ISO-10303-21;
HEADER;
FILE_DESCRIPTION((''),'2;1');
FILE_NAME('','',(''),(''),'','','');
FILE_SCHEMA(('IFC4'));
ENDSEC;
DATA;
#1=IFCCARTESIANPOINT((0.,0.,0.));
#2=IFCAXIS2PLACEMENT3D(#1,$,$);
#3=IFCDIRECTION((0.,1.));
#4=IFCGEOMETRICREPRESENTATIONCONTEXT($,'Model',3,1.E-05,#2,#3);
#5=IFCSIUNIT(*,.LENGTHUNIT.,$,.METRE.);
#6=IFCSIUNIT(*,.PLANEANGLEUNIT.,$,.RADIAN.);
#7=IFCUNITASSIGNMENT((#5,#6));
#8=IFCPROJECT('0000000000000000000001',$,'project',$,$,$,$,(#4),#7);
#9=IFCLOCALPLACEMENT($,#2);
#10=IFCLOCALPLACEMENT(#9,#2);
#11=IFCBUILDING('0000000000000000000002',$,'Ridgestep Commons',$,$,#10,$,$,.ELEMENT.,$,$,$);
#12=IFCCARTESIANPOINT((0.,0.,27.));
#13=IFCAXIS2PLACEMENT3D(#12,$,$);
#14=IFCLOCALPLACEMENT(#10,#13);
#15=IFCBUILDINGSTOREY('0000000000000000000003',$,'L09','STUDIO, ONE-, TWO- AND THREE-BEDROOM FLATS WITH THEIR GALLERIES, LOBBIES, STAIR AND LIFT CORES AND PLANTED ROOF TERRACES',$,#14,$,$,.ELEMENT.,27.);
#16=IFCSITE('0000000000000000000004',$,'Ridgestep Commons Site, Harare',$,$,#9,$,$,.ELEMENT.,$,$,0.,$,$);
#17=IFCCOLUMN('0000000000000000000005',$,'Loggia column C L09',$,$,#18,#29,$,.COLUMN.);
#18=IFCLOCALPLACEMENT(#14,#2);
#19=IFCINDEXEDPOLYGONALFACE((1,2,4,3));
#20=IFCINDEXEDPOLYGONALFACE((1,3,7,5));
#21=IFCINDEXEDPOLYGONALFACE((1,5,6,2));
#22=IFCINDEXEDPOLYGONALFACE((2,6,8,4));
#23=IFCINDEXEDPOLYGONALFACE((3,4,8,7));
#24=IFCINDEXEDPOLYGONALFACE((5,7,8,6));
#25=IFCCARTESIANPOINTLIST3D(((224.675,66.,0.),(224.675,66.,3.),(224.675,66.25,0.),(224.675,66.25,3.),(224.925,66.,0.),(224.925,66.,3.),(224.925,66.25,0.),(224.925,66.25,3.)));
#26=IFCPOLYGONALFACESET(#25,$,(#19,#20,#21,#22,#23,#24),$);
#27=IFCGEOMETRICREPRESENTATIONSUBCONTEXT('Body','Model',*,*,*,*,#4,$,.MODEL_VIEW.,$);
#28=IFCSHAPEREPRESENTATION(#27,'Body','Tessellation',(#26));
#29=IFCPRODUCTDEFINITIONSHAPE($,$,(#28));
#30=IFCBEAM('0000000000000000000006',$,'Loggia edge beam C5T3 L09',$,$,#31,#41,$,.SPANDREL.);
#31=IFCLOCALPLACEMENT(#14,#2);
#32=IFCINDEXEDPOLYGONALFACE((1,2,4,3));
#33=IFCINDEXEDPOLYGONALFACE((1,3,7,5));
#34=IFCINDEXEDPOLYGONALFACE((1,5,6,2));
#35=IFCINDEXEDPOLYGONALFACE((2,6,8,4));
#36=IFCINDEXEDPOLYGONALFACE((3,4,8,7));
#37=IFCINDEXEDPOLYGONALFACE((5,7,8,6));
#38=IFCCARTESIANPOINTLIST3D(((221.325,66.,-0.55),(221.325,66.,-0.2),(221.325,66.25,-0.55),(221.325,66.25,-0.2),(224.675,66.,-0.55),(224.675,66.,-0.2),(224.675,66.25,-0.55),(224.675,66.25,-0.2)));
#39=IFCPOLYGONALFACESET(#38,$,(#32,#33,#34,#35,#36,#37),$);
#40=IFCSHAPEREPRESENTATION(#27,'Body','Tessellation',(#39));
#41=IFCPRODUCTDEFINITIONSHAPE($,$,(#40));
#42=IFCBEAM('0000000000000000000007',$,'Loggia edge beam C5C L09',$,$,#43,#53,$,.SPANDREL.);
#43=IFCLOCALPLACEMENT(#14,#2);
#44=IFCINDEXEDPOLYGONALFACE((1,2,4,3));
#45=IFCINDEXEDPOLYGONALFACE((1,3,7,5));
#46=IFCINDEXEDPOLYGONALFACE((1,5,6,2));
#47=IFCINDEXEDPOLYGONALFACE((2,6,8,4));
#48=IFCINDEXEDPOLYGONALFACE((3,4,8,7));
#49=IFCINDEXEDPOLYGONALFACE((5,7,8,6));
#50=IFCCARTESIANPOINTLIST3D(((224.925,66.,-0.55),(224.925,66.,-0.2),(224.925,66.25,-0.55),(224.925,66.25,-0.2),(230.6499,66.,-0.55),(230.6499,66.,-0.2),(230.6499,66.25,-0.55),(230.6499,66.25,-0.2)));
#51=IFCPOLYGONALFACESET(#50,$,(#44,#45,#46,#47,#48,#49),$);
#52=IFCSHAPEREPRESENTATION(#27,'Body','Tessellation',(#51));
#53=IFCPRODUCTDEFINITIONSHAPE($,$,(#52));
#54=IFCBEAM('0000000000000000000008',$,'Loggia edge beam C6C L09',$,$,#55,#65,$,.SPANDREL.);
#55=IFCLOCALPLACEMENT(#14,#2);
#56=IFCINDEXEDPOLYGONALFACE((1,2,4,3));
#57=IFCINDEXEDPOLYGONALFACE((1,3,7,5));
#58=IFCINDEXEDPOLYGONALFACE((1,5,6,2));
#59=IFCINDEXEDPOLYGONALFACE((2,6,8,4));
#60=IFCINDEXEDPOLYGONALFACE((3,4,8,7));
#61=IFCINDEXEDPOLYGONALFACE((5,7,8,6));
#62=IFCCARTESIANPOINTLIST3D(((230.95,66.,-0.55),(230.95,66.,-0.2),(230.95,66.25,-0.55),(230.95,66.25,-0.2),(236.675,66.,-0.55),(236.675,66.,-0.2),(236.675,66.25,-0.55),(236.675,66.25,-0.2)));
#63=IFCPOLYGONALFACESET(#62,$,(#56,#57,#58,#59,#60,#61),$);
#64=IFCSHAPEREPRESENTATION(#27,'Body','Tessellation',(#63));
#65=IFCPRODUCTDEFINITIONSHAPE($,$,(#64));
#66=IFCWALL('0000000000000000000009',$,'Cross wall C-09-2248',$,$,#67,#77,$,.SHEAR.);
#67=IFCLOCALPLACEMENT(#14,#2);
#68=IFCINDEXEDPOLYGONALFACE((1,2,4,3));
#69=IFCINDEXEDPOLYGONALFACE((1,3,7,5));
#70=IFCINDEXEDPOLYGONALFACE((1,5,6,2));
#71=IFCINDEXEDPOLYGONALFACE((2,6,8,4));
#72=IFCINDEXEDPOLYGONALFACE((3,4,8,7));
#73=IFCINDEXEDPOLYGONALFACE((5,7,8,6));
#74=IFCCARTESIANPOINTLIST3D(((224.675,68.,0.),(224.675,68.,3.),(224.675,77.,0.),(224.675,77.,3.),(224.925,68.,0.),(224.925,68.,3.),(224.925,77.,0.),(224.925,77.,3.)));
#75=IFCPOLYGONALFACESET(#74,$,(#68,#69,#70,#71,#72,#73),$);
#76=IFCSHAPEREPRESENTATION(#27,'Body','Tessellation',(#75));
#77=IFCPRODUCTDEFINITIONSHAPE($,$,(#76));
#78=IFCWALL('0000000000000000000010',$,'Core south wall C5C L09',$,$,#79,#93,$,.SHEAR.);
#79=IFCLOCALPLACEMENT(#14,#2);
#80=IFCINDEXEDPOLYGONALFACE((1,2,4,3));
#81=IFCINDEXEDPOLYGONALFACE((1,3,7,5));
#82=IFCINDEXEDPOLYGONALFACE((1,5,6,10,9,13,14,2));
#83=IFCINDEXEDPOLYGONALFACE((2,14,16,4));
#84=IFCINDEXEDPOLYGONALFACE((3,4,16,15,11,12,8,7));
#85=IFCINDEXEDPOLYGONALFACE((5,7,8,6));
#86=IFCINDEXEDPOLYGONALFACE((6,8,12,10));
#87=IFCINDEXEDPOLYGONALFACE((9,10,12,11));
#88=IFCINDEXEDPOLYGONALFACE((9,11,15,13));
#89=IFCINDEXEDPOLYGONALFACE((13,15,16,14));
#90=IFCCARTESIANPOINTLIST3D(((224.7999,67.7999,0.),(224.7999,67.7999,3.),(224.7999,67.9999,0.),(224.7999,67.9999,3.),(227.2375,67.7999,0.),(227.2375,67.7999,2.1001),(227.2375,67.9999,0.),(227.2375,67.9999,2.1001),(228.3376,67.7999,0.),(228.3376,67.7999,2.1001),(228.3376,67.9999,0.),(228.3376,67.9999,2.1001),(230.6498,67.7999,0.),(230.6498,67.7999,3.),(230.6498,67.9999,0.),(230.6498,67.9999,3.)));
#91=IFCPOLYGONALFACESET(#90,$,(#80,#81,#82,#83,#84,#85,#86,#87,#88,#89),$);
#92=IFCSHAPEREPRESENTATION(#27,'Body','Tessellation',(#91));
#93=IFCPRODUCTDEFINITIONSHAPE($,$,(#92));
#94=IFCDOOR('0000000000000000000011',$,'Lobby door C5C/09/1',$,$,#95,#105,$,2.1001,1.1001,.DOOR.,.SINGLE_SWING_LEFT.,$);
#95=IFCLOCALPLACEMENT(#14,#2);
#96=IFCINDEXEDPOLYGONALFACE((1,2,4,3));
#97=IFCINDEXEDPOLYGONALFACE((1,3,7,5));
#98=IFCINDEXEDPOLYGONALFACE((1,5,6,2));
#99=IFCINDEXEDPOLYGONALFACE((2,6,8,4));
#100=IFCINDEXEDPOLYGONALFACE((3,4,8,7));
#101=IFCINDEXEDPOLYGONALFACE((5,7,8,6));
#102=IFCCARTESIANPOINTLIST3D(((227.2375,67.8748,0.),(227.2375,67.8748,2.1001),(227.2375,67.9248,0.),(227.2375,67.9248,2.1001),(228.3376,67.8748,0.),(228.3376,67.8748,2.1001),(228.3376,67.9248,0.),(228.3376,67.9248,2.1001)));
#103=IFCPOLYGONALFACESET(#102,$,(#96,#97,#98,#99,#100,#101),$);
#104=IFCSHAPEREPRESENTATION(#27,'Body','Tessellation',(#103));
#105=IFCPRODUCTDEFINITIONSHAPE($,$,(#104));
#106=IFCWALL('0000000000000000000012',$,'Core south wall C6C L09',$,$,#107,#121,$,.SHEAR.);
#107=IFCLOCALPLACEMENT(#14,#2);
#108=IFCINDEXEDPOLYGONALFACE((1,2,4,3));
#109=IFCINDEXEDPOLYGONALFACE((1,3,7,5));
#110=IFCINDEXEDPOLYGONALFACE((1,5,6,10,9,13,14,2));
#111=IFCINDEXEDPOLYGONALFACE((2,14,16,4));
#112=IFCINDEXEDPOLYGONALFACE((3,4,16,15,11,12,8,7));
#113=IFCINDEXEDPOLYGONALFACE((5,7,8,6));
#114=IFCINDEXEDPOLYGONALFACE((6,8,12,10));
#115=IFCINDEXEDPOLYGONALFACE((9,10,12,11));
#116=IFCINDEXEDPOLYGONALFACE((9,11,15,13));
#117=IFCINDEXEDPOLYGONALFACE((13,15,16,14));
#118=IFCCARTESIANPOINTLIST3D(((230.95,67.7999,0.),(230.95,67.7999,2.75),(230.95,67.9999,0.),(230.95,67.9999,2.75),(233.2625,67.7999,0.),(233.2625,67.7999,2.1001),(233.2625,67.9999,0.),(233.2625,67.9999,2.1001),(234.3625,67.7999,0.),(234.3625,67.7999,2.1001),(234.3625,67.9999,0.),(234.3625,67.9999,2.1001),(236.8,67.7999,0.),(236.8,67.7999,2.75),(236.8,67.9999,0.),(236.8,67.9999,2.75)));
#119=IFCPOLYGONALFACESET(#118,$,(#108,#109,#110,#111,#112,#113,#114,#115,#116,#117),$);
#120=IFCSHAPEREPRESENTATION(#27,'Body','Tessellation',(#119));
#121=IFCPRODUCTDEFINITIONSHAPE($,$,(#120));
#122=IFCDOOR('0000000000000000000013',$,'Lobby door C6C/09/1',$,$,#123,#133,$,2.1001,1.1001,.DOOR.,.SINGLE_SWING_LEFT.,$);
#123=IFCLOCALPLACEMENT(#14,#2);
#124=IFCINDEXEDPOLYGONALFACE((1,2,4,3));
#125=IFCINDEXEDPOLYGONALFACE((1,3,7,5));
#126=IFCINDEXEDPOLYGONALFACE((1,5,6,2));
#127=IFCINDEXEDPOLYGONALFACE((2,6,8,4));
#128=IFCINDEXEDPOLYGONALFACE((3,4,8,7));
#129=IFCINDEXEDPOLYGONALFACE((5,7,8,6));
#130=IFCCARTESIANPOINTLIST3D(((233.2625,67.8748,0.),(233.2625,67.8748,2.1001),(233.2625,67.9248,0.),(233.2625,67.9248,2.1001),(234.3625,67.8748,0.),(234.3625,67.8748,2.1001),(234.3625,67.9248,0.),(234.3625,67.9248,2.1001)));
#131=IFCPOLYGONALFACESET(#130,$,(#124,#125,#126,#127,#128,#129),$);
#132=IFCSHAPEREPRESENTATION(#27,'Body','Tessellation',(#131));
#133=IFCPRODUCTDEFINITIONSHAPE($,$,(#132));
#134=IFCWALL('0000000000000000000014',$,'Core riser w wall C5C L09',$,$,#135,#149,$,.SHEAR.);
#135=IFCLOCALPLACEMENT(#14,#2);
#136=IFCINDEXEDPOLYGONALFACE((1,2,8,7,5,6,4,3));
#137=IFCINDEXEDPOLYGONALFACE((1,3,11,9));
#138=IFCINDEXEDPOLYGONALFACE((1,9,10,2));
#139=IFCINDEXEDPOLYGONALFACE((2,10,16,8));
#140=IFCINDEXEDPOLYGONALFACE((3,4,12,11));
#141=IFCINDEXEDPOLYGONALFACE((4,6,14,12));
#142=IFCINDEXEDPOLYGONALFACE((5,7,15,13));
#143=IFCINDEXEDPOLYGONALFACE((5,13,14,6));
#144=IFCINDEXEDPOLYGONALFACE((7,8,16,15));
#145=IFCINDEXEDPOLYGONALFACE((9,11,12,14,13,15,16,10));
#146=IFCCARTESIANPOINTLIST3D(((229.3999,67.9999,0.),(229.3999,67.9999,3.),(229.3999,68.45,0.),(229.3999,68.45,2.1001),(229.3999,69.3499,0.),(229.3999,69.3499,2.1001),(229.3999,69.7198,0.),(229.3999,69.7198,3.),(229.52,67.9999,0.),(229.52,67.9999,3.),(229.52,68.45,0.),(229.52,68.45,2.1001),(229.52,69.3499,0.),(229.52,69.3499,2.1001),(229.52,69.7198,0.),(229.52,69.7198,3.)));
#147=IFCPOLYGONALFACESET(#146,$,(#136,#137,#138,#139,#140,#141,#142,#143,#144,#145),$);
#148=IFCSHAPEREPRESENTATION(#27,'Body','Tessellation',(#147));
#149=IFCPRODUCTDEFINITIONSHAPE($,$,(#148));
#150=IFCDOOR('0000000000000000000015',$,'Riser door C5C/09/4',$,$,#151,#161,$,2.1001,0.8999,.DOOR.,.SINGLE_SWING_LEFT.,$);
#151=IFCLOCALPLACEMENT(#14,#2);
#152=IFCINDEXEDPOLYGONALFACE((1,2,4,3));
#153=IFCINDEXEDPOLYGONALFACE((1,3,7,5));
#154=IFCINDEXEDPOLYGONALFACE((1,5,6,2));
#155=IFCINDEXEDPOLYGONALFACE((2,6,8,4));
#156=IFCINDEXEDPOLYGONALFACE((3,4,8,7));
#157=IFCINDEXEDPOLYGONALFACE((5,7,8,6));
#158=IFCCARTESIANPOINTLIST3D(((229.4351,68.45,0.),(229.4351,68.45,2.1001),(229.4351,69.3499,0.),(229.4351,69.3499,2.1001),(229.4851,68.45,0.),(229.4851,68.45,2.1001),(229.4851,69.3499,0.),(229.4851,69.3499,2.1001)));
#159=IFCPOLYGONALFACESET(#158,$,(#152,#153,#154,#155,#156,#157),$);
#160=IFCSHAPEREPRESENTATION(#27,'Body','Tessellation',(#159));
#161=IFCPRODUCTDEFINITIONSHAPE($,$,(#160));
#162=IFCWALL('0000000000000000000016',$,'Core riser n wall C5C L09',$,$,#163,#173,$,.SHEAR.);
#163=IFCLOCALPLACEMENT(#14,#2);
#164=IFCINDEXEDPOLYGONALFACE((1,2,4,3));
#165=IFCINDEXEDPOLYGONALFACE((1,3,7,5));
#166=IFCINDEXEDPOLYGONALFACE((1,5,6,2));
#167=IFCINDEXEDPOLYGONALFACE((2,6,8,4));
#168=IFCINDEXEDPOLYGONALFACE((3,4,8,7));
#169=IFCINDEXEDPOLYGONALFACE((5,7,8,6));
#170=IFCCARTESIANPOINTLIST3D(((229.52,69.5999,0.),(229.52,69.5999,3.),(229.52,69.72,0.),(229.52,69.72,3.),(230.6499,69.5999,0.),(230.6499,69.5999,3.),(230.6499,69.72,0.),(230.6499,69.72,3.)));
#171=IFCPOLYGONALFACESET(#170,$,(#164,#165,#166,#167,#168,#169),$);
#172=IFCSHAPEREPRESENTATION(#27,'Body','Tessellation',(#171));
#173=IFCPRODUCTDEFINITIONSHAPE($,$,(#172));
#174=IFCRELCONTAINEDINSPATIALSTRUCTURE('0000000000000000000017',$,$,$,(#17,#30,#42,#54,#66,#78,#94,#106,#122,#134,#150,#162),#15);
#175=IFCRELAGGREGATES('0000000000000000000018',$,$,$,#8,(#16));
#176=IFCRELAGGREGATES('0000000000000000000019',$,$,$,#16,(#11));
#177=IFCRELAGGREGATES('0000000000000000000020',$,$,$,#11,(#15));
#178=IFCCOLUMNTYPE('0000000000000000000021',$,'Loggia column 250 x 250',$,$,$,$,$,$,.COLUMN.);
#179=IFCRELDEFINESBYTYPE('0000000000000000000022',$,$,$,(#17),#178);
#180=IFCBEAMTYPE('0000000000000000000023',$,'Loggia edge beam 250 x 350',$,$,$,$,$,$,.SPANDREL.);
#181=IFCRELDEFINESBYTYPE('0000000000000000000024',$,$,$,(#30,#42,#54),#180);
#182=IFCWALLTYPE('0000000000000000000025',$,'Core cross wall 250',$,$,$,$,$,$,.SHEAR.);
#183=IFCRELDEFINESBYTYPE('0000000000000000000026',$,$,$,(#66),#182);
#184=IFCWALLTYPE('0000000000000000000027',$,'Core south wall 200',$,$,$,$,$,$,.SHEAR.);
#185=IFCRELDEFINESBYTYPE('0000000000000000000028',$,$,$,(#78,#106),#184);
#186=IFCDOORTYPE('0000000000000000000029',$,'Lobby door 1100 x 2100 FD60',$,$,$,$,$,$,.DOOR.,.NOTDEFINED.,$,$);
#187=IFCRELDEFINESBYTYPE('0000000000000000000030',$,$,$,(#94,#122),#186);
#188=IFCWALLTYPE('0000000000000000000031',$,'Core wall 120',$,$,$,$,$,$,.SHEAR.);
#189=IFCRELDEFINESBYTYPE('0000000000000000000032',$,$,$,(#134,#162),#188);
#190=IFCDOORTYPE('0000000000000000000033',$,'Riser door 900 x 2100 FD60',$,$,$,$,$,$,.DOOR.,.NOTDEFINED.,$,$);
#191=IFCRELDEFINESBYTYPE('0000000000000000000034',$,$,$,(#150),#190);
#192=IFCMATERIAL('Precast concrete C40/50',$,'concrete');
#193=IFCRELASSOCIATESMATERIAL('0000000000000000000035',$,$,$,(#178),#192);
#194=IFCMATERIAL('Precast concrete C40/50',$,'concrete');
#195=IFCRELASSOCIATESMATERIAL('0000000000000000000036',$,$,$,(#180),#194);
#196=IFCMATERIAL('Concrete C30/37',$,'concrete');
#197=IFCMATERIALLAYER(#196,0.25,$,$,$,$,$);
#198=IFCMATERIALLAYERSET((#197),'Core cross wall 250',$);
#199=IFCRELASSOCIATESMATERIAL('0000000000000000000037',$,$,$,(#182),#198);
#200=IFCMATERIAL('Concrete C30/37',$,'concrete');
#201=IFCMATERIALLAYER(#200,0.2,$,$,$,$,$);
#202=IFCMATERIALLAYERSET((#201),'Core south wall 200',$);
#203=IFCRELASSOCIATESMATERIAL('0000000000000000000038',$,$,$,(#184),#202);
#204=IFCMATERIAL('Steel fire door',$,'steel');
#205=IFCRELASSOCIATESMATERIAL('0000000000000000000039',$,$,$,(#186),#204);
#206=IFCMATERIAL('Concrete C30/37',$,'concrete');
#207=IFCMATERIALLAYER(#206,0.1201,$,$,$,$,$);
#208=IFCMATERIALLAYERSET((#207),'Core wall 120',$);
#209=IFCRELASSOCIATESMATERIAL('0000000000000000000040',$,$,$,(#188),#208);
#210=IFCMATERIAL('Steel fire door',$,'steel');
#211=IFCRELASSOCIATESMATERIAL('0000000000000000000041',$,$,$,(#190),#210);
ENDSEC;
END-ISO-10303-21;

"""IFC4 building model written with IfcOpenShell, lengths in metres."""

from ifc_helpers import new_model, si_unit, direction, frame, frame_2d, origin, origin_2d, place, context, subcontext, project, spatial, rectangle, extrude, material, layer, layer_set, material_profile, profile_set, type_object, element, fill, save


model = new_model("IFC4")

# Units and contexts
model_context = context("Model", 3, precision=1e-05, world=origin(), true_north=direction((0.0, 1.0)))
body_context = subcontext(model_context, "Body", "Model", "MODEL_VIEW")
ifc_project = project(units=[si_unit("LENGTHUNIT", "METRE"), si_unit("PLANEANGLEUNIT", "RADIAN")], contexts=[model_context])

# Site, building, storey
site_placement = place(None, origin())
site = spatial("IfcSite", under=ifc_project, at=site_placement, Name="Ridgestep Commons Site, Harare", CompositionType="ELEMENT", RefElevation=0.0)
building_placement = place(site_placement, origin())
building = spatial("IfcBuilding", under=site, at=building_placement, Name="Ridgestep Commons", CompositionType="ELEMENT")
storey_placement = place(building_placement, frame((0.0, 0.0, 27.0)))
storey = spatial("IfcBuildingStorey", under=building, at=storey_placement, Name="L09", Description="STUDIO, ONE-, TWO- AND THREE-BEDROOM FLATS WITH THEIR GALLERIES, LOBBIES, STAIR AND LIFT CORES AND PLANTED ROOF TERRACES", CompositionType="ELEMENT", Elevation=27.0)

# Column
ifc_material_1 = material(Name="Precast concrete C40/50", Category="concrete")
ifc_material_profile_1 = material_profile(ifc_material_1, rectangle(XDim=0.25, YDim=0.25, at=origin_2d()), Name="PC 250x250")
ifc_profile_set_1 = profile_set([ifc_material_profile_1], Name="Precast concrete C40/50")
column_type = type_object("IfcColumnType", Name="Loggia column 250 x 250", PredefinedType="COLUMN", material=ifc_profile_set_1)
column_placement = place(storey_placement, frame((224.8, 66.125, 0.0), z_axis=(0.0, 0.0, 1.0), x_axis=(1.0, 0.0, 0.0)))
element("IfcColumn", 1, at=column_placement, inside=storey, type_object=column_type, Name="Loggia column C L09", PredefinedType="COLUMN", context=body_context, shape_type="SweptSolid", body=[
    extrude(rectangle(XDim=0.25, YDim=0.25, at=origin_2d()), origin(), (0.0, 0.0, 1.0), 3.0),
])

# Beams
ifc_material_2 = material(Name="Precast concrete C40/50", Category="concrete")
ifc_material_profile_2 = material_profile(ifc_material_2, rectangle(XDim=0.25, YDim=0.3501, at=origin_2d()), Name="PC 250x350")
ifc_profile_set_2 = profile_set([ifc_material_profile_2], Name="Precast concrete C40/50")
beam_type = type_object("IfcBeamType", Name="Loggia edge beam 250 x 350", PredefinedType="SPANDREL", material=ifc_profile_set_2)
beam_1_placement = place(storey_placement, frame((221.325, 66.125, -0.375), z_axis=(1.0, 0.0, 0.0), x_axis=(0.0, 1.0, 0.0)))
element("IfcBeam", 2, at=beam_1_placement, inside=storey, type_object=beam_type, Name="Loggia edge beam C5T3 L09", PredefinedType="SPANDREL", context=body_context, shape_type="SweptSolid", body=[
    extrude(rectangle(XDim=0.25, YDim=0.3501, at=origin_2d()), origin(), (0.0, 0.0, 1.0), 3.3501),
])
beam_2_placement = place(storey_placement, frame((224.925, 66.125, -0.375), z_axis=(1.0, 0.0, 0.0), x_axis=(0.0, 1.0, 0.0)))
element("IfcBeam", 3, at=beam_2_placement, inside=storey, type_object=beam_type, Name="Loggia edge beam C5C L09", PredefinedType="SPANDREL", context=body_context, shape_type="SweptSolid", body=[
    extrude(rectangle(XDim=0.25, YDim=0.3501, at=origin_2d()), origin(), (0.0, 0.0, 1.0), 5.7249),
])
beam_3_placement = place(storey_placement, frame((230.95, 66.125, -0.375), z_axis=(1.0, 0.0, 0.0), x_axis=(0.0, 1.0, 0.0)))
element("IfcBeam", 4, at=beam_3_placement, inside=storey, type_object=beam_type, Name="Loggia edge beam C6C L09", PredefinedType="SPANDREL", context=body_context, shape_type="SweptSolid", body=[
    extrude(rectangle(XDim=0.25, YDim=0.3501, at=origin_2d()), origin(), (0.0, 0.0, 1.0), 5.7251),
])

# Wall
ifc_material_3 = material(Name="Concrete C30/37", Category="concrete")
ifc_layer_1 = layer(ifc_material_3, 0.25)
ifc_layer_set_1 = layer_set([ifc_layer_1], Name="Core cross wall 250")
wall_type_1 = type_object("IfcWallType", Name="Core cross wall 250", PredefinedType="SHEAR", material=ifc_layer_set_1)
wall_1_placement = place(storey_placement, frame((224.8, 68.0, 0.0), z_axis=(0.0, 0.0, 1.0), x_axis=(0.0, 1.0, 0.0)))
element("IfcWall", 5, at=wall_1_placement, inside=storey, type_object=wall_type_1, Name="Cross wall C-09-2248", PredefinedType="SHEAR", context=body_context, shape_type="SweptSolid", body=[
    extrude(rectangle(XDim=9.0, YDim=0.25, at=frame_2d((4.5, 0.0))), origin(), (0.0, 0.0, 1.0), 3.0),
])

# Walls, openings, doors
ifc_material_4 = material(Name="Concrete C30/37", Category="concrete")
ifc_layer_2 = layer(ifc_material_4, 0.2)
ifc_layer_set_2 = layer_set([ifc_layer_2], Name="Core south wall 200")
wall_type_2 = type_object("IfcWallType", Name="Core south wall 200", PredefinedType="SHEAR", material=ifc_layer_set_2)
wall_2_placement = place(storey_placement, frame((224.8, 67.8999, 0.0), z_axis=(0.0, 0.0, 1.0), x_axis=(1.0, 0.0, 0.0)))
wall_2 = element("IfcWall", 6, at=wall_2_placement, inside=storey, type_object=wall_type_2, Name="Core south wall C5C L09", PredefinedType="SHEAR", context=body_context, shape_type="SweptSolid", body=[
    extrude(rectangle(XDim=5.8499, YDim=0.2, at=frame_2d((2.9248, 0.0))), origin(), (0.0, 0.0, 1.0), 3.0),
])
opening_1_placement = place(wall_2_placement, frame((2.4375, 0.0, 0.0)))
opening_1 = element("IfcOpeningElement", 7, at=opening_1_placement, cuts=wall_2, PredefinedType="OPENING", context=body_context, shape_type="SweptSolid", body=[
    extrude(rectangle(XDim=1.1001, YDim=2.1001, at=frame_2d((0.55, 1.05))), frame((0.0, 0.1099, 0.0), z_axis=(0.0, -1.0, 0.0), x_axis=(1.0, 0.0, 0.0)), (0.0, 0.0, 1.0), 0.22),
])
ifc_material_5 = material(Name="Steel fire door", Category="steel")
door_type_1 = type_object("IfcDoorType", Name="Lobby door 1100 x 2100 FD60", OperationType="NOTDEFINED", PredefinedType="DOOR", material=ifc_material_5)
door_1_placement = place(opening_1_placement, origin())
door_1 = element("IfcDoor", 8, at=door_1_placement, inside=storey, type_object=door_type_1, Name="Lobby door C5C/09/1", OperationType="SINGLE_SWING_LEFT", OverallHeight=2.1001, OverallWidth=1.1001, PredefinedType="DOOR", context=body_context, shape_type="SweptSolid", body=[
    extrude(rectangle(XDim=1.1001, YDim=2.1001, at=frame_2d((0.55, 1.05))), frame((0.0, 0.0249, 0.0), z_axis=(0.0, -1.0, 0.0), x_axis=(1.0, 0.0, 0.0)), (0.0, 0.0, 1.0), 0.05),
])
fill(opening_1, door_1)
wall_3_placement = place(storey_placement, frame((230.95, 67.8999, 0.0), z_axis=(0.0, 0.0, 1.0), x_axis=(1.0, 0.0, 0.0)))
wall_3 = element("IfcWall", 9, at=wall_3_placement, inside=storey, type_object=wall_type_2, Name="Core south wall C6C L09", PredefinedType="SHEAR", context=body_context, shape_type="SweptSolid", body=[
    extrude(rectangle(XDim=5.8501, YDim=0.2, at=frame_2d((2.925, 0.0))), origin(), (0.0, 0.0, 1.0), 2.75),
])
opening_2_placement = place(wall_3_placement, frame((2.3125, 0.0, 0.0)))
opening_2 = element("IfcOpeningElement", 10, at=opening_2_placement, cuts=wall_3, PredefinedType="OPENING", context=body_context, shape_type="SweptSolid", body=[
    extrude(rectangle(XDim=1.1001, YDim=2.1001, at=frame_2d((0.55, 1.05))), frame((0.0, 0.1099, 0.0), z_axis=(0.0, -1.0, 0.0), x_axis=(1.0, 0.0, 0.0)), (0.0, 0.0, 1.0), 0.22),
])
door_2_placement = place(opening_2_placement, origin())
door_2 = element("IfcDoor", 11, at=door_2_placement, inside=storey, type_object=door_type_1, Name="Lobby door C6C/09/1", OperationType="SINGLE_SWING_LEFT", OverallHeight=2.1001, OverallWidth=1.1001, PredefinedType="DOOR", context=body_context, shape_type="SweptSolid", body=[
    extrude(rectangle(XDim=1.1001, YDim=2.1001, at=frame_2d((0.55, 1.05))), frame((0.0, 0.0249, 0.0), z_axis=(0.0, -1.0, 0.0), x_axis=(1.0, 0.0, 0.0)), (0.0, 0.0, 1.0), 0.05),
])
fill(opening_2, door_2)
ifc_material_6 = material(Name="Concrete C30/37", Category="concrete")
ifc_layer_3 = layer(ifc_material_6, 0.1201)
ifc_layer_set_3 = layer_set([ifc_layer_3], Name="Core wall 120")
wall_type_3 = type_object("IfcWallType", Name="Core wall 120", PredefinedType="SHEAR", material=ifc_layer_set_3)
wall_4_placement = place(storey_placement, frame((229.46, 68.0, 0.0), z_axis=(0.0, 0.0, 1.0), x_axis=(0.0, 1.0, 0.0)))
wall_4 = element("IfcWall", 12, at=wall_4_placement, inside=storey, type_object=wall_type_3, Name="Core riser w wall C5C L09", PredefinedType="SHEAR", context=body_context, shape_type="SweptSolid", body=[
    extrude(rectangle(XDim=1.72, YDim=0.1201, at=frame_2d((0.8599, 0.0))), origin(), (0.0, 0.0, 1.0), 3.0),
])
opening_3_placement = place(wall_4_placement, frame((0.45, 0.0, 0.0)))
opening_3 = element("IfcOpeningElement", 13, at=opening_3_placement, cuts=wall_4, PredefinedType="OPENING", context=body_context, shape_type="SweptSolid", body=[
    extrude(rectangle(XDim=0.8999, YDim=2.1001, at=frame_2d((0.45, 1.05))), frame((0.0, 0.0701, 0.0), z_axis=(0.0, -1.0, 0.0), x_axis=(1.0, 0.0, 0.0)), (0.0, 0.0, 1.0), 0.1401),
])
ifc_material_7 = material(Name="Steel fire door", Category="steel")
door_type_2 = type_object("IfcDoorType", Name="Riser door 900 x 2100 FD60", OperationType="NOTDEFINED", PredefinedType="DOOR", material=ifc_material_7)
door_3_placement = place(opening_3_placement, origin())
door_3 = element("IfcDoor", 14, at=door_3_placement, inside=storey, type_object=door_type_2, Name="Riser door C5C/09/4", OperationType="SINGLE_SWING_LEFT", OverallHeight=2.1001, OverallWidth=0.8999, PredefinedType="DOOR", context=body_context, shape_type="SweptSolid", body=[
    extrude(rectangle(XDim=0.8999, YDim=2.1001, at=frame_2d((0.45, 1.05))), frame((0.0, 0.0249, 0.0), z_axis=(0.0, -1.0, 0.0), x_axis=(1.0, 0.0, 0.0)), (0.0, 0.0, 1.0), 0.05),
])
fill(opening_3, door_3)

# Wall
wall_5_placement = place(storey_placement, frame((229.52, 69.6599, 0.0), z_axis=(0.0, 0.0, 1.0), x_axis=(1.0, 0.0, 0.0)))
element("IfcWall", 15, at=wall_5_placement, inside=storey, type_object=wall_type_3, Name="Core riser n wall C5C L09", PredefinedType="SHEAR", context=body_context, shape_type="SweptSolid", body=[
    extrude(rectangle(XDim=1.1299, YDim=0.1201, at=frame_2d((0.5649, 0.0))), origin(), (0.0, 0.0, 1.0), 3.0),
])

save(model, "model.ifc")
